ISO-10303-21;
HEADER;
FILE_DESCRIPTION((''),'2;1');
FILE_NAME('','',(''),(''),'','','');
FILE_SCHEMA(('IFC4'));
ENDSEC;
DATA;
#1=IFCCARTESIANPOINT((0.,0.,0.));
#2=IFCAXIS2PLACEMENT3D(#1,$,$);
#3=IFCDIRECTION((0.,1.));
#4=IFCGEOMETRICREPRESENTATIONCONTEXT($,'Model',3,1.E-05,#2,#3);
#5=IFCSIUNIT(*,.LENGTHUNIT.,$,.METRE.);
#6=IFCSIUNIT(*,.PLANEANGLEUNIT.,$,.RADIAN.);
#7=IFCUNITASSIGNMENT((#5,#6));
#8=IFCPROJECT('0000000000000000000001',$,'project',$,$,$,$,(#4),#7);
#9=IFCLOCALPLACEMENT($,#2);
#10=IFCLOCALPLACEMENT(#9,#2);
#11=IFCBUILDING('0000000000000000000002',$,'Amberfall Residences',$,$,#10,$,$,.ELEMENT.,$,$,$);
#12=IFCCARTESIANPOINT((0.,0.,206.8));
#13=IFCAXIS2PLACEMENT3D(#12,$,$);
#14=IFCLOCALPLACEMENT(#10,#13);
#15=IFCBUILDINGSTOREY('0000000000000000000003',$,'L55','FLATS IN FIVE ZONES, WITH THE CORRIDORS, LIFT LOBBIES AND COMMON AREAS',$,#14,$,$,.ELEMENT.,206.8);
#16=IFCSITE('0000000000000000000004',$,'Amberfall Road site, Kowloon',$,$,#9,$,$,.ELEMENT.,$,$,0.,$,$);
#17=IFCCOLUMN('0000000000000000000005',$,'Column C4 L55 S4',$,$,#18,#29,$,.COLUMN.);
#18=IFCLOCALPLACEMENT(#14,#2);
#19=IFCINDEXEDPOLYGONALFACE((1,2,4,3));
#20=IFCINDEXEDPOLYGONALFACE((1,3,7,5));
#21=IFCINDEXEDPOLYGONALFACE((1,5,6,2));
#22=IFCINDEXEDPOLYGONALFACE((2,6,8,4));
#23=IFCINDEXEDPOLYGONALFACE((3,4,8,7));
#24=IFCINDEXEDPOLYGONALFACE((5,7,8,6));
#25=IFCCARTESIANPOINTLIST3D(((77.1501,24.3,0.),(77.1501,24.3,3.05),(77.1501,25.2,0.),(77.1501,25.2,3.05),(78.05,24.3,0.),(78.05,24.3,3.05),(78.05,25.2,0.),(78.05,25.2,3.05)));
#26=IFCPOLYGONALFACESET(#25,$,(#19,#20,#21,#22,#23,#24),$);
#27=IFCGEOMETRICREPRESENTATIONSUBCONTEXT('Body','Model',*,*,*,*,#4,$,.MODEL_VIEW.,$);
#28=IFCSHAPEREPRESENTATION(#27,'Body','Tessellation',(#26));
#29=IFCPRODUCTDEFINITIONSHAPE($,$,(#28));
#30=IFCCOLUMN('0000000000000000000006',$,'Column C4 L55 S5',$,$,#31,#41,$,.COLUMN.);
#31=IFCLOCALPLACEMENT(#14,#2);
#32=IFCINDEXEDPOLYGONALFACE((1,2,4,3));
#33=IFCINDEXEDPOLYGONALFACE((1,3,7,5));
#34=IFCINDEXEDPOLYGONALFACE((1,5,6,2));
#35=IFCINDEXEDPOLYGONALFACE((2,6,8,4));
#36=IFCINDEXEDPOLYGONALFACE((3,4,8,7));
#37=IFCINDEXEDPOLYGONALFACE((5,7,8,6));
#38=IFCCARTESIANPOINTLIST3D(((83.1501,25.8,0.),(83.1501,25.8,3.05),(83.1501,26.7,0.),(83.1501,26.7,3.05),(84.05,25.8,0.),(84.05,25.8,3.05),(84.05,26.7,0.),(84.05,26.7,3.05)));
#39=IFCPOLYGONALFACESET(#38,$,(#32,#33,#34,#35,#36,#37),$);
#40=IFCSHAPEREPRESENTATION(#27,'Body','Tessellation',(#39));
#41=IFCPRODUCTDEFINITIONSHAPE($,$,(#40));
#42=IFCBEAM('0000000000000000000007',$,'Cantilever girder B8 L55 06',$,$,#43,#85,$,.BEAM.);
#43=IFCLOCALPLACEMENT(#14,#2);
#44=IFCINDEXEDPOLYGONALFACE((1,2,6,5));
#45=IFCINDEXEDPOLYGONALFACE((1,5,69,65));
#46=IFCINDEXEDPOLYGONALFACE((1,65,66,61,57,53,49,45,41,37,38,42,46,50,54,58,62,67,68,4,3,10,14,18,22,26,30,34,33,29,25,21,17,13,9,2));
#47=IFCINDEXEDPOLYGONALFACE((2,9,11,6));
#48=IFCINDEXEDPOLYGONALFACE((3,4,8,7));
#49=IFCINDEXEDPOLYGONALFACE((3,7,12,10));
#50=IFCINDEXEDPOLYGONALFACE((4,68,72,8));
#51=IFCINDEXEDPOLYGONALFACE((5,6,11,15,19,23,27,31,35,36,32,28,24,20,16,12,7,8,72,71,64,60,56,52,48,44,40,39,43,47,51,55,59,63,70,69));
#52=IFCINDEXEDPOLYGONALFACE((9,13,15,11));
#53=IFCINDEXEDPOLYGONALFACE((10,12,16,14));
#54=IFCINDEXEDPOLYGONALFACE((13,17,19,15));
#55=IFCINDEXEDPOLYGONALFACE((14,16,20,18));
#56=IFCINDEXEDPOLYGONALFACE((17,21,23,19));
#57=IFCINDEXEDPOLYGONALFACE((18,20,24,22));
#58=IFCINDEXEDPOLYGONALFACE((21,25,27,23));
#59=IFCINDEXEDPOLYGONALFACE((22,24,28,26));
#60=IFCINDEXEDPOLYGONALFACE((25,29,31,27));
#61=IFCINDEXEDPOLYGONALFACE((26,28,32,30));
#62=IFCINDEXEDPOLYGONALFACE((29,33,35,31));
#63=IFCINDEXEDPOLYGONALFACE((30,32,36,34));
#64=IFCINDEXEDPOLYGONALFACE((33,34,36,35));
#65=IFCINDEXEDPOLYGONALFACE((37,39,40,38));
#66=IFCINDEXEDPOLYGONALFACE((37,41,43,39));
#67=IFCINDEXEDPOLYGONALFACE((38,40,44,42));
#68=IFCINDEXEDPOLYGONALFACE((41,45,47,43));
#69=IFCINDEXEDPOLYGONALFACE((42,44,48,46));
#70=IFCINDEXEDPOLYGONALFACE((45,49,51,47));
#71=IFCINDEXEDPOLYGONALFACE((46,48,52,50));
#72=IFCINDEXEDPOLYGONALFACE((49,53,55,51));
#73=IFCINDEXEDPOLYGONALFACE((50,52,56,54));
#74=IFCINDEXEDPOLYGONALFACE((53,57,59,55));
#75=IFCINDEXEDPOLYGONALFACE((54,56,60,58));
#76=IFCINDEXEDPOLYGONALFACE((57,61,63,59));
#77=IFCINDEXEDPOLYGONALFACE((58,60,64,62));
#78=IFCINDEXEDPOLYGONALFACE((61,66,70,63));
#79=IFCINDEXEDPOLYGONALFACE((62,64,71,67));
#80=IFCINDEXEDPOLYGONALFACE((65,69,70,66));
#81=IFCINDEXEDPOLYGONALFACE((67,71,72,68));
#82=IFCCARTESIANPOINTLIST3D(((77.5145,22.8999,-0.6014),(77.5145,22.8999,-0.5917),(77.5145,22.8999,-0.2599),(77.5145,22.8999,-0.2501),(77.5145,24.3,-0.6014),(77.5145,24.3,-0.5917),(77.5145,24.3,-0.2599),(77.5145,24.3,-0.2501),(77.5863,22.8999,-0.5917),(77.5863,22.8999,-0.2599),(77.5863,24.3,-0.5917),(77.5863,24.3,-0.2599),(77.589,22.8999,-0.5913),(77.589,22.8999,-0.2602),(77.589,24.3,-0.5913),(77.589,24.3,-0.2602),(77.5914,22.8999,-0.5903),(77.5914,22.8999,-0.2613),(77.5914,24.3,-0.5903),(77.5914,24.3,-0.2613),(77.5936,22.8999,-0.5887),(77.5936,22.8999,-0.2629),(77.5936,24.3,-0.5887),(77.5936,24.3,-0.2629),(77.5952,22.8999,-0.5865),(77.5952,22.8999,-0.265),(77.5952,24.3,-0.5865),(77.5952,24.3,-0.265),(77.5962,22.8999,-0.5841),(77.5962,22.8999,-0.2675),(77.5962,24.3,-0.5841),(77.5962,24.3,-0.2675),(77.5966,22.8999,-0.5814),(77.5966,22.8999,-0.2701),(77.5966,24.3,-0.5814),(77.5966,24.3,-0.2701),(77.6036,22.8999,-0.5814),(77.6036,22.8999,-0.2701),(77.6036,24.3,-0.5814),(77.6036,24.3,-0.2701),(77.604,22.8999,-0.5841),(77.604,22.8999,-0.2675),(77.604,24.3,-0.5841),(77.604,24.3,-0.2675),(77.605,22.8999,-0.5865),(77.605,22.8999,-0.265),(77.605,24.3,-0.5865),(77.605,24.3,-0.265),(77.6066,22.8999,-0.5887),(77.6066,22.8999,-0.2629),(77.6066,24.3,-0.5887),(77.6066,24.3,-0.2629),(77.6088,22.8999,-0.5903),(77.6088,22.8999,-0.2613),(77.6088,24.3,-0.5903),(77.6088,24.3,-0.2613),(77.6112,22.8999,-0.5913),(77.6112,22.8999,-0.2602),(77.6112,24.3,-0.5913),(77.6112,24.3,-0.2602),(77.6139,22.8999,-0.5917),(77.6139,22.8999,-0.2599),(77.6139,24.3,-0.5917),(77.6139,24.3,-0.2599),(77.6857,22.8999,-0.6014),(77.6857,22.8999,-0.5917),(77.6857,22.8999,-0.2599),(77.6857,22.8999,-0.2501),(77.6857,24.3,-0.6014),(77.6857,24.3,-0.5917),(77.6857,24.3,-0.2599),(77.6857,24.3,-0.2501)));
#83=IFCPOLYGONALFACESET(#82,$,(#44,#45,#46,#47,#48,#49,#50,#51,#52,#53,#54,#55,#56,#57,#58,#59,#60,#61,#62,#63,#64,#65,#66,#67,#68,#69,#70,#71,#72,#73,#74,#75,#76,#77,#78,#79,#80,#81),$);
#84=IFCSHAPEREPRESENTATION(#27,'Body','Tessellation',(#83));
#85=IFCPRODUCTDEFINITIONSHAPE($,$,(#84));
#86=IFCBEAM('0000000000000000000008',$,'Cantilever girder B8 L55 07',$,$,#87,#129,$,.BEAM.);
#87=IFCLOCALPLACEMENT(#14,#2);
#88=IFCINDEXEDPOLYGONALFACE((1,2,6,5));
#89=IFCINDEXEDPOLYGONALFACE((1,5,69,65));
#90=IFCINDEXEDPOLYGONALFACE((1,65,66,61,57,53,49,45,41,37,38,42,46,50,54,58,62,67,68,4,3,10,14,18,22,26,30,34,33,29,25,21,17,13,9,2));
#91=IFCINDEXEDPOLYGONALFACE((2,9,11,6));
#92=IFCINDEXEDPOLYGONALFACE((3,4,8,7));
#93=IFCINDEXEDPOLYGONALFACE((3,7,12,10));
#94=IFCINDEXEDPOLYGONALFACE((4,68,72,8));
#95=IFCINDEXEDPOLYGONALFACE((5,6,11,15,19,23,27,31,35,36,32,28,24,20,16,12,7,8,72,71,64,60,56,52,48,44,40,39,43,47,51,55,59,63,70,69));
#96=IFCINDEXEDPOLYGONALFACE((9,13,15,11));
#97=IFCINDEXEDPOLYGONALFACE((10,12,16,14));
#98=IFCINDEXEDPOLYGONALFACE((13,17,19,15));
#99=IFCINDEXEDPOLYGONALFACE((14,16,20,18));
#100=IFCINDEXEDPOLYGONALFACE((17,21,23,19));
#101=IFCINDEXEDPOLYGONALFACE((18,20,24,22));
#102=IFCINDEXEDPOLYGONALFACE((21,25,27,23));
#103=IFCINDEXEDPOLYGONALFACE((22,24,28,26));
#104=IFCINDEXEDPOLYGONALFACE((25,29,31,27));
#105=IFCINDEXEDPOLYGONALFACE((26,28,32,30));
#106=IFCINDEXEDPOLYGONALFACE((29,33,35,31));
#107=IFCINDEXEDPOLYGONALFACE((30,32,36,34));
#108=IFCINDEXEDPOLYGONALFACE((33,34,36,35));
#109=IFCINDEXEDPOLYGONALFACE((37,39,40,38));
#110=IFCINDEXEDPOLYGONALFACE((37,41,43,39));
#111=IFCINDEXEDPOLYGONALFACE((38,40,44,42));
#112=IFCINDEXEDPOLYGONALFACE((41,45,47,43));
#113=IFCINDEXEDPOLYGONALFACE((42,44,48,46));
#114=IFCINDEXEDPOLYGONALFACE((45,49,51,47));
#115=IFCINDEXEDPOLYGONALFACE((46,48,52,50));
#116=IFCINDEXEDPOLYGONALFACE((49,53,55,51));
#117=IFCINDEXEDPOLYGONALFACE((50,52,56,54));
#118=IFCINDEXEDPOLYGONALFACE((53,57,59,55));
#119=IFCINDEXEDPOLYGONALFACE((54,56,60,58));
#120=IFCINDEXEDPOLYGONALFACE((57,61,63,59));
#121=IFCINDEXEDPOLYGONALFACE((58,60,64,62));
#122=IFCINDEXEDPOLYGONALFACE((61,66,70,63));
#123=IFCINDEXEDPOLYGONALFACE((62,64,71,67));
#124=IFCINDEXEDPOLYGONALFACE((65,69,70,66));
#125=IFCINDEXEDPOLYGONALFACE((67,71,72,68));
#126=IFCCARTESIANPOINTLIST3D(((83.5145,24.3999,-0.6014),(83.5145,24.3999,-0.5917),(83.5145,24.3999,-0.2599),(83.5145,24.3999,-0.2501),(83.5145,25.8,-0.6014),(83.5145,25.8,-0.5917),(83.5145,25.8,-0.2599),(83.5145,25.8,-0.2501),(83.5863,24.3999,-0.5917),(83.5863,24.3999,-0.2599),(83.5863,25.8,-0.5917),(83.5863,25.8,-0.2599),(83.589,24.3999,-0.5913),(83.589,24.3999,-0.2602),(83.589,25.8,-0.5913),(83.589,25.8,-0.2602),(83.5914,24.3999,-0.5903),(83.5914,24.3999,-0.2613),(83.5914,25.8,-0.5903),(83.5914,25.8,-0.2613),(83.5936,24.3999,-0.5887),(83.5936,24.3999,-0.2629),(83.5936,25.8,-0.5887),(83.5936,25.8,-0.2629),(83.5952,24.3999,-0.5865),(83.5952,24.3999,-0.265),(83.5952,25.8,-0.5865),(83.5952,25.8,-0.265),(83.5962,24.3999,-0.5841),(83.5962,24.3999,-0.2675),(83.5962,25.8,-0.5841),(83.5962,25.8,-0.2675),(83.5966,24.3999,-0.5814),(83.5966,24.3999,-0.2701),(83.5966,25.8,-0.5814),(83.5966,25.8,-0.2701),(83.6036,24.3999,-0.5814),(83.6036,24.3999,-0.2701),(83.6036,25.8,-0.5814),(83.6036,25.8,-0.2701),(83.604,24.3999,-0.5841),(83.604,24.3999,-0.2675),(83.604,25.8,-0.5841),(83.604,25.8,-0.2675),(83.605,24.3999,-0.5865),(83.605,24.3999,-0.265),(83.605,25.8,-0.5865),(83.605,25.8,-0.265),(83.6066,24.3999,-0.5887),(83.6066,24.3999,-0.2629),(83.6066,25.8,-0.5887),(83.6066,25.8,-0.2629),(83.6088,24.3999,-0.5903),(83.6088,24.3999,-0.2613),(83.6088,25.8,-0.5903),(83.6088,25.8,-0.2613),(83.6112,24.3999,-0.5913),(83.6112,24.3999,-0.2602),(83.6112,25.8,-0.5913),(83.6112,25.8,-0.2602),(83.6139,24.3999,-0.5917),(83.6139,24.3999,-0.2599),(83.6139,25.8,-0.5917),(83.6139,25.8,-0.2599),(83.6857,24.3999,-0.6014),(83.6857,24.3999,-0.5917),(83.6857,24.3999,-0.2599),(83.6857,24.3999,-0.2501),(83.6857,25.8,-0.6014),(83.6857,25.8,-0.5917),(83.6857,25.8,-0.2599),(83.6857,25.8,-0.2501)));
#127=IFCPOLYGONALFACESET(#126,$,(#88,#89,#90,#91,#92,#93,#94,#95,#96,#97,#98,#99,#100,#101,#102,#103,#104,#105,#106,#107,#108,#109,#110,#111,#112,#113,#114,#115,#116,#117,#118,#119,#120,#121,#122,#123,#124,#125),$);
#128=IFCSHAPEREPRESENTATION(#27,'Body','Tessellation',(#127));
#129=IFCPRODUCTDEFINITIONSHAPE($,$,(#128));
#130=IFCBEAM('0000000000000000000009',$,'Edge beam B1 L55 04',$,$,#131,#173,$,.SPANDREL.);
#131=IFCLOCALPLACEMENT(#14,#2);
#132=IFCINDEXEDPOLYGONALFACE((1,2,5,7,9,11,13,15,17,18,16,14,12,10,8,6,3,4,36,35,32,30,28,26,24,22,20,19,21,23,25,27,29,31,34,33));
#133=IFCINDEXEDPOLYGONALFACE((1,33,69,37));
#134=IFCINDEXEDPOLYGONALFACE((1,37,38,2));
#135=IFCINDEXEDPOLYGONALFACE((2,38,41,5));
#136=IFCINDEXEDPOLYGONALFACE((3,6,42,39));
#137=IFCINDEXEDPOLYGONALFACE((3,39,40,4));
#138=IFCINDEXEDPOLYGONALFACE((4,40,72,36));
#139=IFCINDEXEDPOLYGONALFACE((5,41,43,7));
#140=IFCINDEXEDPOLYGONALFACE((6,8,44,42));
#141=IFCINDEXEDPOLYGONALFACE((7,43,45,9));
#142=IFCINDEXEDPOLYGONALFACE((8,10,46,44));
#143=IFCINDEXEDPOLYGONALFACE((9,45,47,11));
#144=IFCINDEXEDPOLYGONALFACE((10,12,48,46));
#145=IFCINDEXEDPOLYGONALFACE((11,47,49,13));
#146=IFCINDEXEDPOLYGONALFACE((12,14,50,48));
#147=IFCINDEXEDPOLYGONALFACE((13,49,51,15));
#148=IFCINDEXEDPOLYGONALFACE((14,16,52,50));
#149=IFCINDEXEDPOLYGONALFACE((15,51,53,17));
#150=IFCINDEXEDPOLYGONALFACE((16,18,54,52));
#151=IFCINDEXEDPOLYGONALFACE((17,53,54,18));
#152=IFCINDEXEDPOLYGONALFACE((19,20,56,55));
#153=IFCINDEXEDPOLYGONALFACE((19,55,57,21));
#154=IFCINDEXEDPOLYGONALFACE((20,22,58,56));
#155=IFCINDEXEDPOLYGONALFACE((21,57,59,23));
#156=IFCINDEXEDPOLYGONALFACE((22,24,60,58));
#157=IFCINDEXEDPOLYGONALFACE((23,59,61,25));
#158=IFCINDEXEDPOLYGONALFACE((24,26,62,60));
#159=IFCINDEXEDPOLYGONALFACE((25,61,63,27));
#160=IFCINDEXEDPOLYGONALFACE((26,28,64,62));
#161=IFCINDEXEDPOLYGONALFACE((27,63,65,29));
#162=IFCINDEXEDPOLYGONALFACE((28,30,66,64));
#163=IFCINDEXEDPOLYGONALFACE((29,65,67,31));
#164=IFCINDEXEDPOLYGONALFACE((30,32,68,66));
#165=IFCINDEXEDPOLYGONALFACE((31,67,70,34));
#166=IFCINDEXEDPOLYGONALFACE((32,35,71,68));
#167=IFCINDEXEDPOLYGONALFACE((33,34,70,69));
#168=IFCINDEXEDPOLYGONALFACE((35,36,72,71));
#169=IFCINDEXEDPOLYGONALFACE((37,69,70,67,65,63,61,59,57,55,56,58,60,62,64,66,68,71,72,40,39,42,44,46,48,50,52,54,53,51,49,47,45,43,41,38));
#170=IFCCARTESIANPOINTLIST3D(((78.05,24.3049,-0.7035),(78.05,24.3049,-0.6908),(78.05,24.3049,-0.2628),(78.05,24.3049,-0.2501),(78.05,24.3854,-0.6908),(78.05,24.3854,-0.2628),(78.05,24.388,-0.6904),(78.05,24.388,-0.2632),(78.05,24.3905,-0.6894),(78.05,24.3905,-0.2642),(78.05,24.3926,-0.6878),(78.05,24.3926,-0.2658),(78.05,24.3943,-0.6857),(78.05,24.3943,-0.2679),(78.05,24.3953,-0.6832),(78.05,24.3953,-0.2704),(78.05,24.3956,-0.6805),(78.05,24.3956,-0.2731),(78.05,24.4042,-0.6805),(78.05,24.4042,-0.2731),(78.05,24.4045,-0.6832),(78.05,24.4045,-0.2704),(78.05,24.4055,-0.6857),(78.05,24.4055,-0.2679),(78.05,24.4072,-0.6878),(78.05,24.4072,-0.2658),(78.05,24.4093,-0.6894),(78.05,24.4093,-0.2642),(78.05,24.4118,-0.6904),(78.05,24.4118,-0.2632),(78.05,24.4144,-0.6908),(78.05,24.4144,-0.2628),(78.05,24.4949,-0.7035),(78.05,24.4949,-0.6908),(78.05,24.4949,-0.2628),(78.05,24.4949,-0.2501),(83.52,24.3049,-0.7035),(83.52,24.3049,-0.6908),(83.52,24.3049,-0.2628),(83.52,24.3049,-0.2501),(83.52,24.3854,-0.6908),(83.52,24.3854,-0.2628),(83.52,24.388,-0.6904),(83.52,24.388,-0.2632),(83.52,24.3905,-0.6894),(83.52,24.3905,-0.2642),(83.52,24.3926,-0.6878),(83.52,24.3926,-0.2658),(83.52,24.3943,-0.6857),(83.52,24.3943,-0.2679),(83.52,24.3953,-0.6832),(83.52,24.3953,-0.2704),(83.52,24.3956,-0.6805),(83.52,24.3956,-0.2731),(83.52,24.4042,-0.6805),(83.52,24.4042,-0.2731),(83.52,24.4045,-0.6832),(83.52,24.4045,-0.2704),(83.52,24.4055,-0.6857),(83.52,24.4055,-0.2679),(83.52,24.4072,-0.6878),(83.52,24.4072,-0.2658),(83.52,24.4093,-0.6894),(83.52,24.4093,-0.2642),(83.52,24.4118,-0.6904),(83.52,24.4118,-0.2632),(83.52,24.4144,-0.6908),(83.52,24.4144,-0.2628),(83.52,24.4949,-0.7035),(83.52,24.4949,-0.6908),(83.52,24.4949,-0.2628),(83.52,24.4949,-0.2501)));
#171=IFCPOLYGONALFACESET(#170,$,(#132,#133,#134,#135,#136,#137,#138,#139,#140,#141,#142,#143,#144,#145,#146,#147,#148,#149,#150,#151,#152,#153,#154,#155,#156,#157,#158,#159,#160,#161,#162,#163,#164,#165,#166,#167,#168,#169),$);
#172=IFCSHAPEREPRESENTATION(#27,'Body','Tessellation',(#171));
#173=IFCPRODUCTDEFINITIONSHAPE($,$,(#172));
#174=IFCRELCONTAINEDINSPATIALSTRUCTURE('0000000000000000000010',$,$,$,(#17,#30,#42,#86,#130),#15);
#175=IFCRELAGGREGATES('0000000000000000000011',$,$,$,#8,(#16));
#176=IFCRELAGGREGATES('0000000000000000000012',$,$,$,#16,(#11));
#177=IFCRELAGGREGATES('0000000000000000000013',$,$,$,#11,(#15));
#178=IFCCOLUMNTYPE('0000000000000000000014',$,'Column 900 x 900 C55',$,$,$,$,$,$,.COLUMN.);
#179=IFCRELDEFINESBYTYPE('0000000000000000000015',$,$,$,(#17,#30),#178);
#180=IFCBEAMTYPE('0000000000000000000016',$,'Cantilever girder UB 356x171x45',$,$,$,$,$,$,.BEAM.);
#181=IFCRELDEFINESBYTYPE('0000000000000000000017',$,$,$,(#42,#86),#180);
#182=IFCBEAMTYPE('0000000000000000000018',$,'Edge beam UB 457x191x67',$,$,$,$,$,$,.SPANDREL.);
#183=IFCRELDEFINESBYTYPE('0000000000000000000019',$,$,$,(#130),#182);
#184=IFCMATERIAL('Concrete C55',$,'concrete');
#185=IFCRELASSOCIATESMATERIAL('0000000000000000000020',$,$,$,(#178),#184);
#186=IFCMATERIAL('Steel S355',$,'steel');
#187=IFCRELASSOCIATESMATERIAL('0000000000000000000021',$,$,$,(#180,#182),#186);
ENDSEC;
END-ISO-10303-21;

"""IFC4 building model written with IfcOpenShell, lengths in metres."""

from ifc_helpers import new_model, si_unit, direction, frame, origin, origin_2d, place, context, subcontext, project, spatial, rectangle, i_section, extrude, material, material_profile, profile_set, type_object, element, save


model = new_model("IFC4")

# Units and contexts
model_context = context("Model", 3, precision=1e-05, world=origin(), true_north=direction((0.0, 1.0)))
body_context = subcontext(model_context, "Body", "Model", "MODEL_VIEW")
ifc_project = project(units=[si_unit("LENGTHUNIT", "METRE"), si_unit("PLANEANGLEUNIT", "RADIAN")], contexts=[model_context])

# Site, building, storey
site_placement = place(None, origin())
site = spatial("IfcSite", under=ifc_project, at=site_placement, Name="Amberfall Road site, Kowloon", CompositionType="ELEMENT", RefElevation=0.0)
building_placement = place(site_placement, origin())
building = spatial("IfcBuilding", under=site, at=building_placement, Name="Amberfall Residences", CompositionType="ELEMENT")
storey_placement = place(building_placement, frame((0.0, 0.0, 206.8)))
storey = spatial("IfcBuildingStorey", under=building, at=storey_placement, Name="L55", Description="FLATS IN FIVE ZONES, WITH THE CORRIDORS, LIFT LOBBIES AND COMMON AREAS", CompositionType="ELEMENT", Elevation=206.8)

# Columns
ifc_material_1 = material(Name="Concrete C55", Category="concrete")
ifc_material_profile_1 = material_profile(ifc_material_1, rectangle(XDim=0.8999, YDim=0.8999, at=origin_2d()), Name="Column 900 x 900 C55")
ifc_profile_set_1 = profile_set([ifc_material_profile_1], Name="Concrete C55")
column_type = type_object("IfcColumnType", Name="Column 900 x 900 C55", PredefinedType="COLUMN", material=ifc_profile_set_1)
for number, where, z_axis, x_axis, name in (
    (1, (77.6001, 24.75, 0.0), (0.0, 0.0, 1.0), (1.0, 0.0, 0.0), "Column C4 L55 S4"),
    (2, (83.6001, 26.25, 0.0), (0.0, 0.0, 1.0), (1.0, 0.0, 0.0), "Column C4 L55 S5"),
):
    element("IfcColumn", number, at=place(storey_placement, frame(where, z_axis=z_axis, x_axis=x_axis)), inside=storey, type_object=column_type, Name=name, PredefinedType="COLUMN", context=body_context, shape_type="SweptSolid", body=[
        extrude(rectangle(XDim=0.8999, YDim=0.8999, at=origin_2d()), origin(), (0.0, 0.0, 1.0), 3.05),
    ])

# Beams
ifc_material_2 = material(Name="Steel S355", Category="steel")
ifc_material_profile_2 = material_profile(ifc_material_2, i_section(OverallWidth=0.1711, OverallDepth=0.3513, WebThickness=0.0071, FlangeThickness=0.0098, FilletRadius=0.0103, at=origin_2d()), Name="UB 356x171x45")
ifc_profile_set_2 = profile_set([ifc_material_profile_2], Name="Steel S355")
beam_type_1 = type_object("IfcBeamType", Name="Cantilever girder UB 356x171x45", PredefinedType="BEAM", material=ifc_profile_set_2)
for number, where, z_axis, x_axis, name in (
    (3, (77.6001, 24.3, -0.4258), (0.0, -1.0, 0.0), (1.0, 0.0, 0.0), "Cantilever girder B8 L55 06"),
    (4, (83.6001, 25.8, -0.4258), (0.0, -1.0, 0.0), (1.0, 0.0, 0.0), "Cantilever girder B8 L55 07"),
):
    element("IfcBeam", number, at=place(storey_placement, frame(where, z_axis=z_axis, x_axis=x_axis)), inside=storey, type_object=beam_type_1, Name=name, PredefinedType="BEAM", context=body_context, shape_type="SweptSolid", body=[
        extrude(i_section(OverallWidth=0.1711, OverallDepth=0.3513, WebThickness=0.0071, FlangeThickness=0.0098, FilletRadius=0.0103, at=origin_2d()), origin(), (0.0, 0.0, 1.0), 1.4001),
    ])
ifc_material_profile_3 = material_profile(ifc_material_2, i_section(OverallWidth=0.1899, OverallDepth=0.4534, WebThickness=0.0085, FlangeThickness=0.0127, FilletRadius=0.0103, at=origin_2d()), Name="UB 457x191x67")
ifc_profile_set_3 = profile_set([ifc_material_profile_3], Name="Steel S355")
beam_type_2 = type_object("IfcBeamType", Name="Edge beam UB 457x191x67", PredefinedType="SPANDREL", material=ifc_profile_set_3)
beam_1_placement = place(storey_placement, frame((78.05, 24.3999, -0.4768), z_axis=(1.0, 0.0, 0.0), x_axis=(0.0, 1.0, 0.0)))
element("IfcBeam", 5, at=beam_1_placement, inside=storey, type_object=beam_type_2, Name="Edge beam B1 L55 04", PredefinedType="SPANDREL", context=body_context, shape_type="SweptSolid", body=[
    extrude(i_section(OverallWidth=0.1899, OverallDepth=0.4534, WebThickness=0.0085, FlangeThickness=0.0127, FilletRadius=0.0103, at=origin_2d()), origin(), (0.0, 0.0, 1.0), 5.47),
])

save(model, "model.ifc")
